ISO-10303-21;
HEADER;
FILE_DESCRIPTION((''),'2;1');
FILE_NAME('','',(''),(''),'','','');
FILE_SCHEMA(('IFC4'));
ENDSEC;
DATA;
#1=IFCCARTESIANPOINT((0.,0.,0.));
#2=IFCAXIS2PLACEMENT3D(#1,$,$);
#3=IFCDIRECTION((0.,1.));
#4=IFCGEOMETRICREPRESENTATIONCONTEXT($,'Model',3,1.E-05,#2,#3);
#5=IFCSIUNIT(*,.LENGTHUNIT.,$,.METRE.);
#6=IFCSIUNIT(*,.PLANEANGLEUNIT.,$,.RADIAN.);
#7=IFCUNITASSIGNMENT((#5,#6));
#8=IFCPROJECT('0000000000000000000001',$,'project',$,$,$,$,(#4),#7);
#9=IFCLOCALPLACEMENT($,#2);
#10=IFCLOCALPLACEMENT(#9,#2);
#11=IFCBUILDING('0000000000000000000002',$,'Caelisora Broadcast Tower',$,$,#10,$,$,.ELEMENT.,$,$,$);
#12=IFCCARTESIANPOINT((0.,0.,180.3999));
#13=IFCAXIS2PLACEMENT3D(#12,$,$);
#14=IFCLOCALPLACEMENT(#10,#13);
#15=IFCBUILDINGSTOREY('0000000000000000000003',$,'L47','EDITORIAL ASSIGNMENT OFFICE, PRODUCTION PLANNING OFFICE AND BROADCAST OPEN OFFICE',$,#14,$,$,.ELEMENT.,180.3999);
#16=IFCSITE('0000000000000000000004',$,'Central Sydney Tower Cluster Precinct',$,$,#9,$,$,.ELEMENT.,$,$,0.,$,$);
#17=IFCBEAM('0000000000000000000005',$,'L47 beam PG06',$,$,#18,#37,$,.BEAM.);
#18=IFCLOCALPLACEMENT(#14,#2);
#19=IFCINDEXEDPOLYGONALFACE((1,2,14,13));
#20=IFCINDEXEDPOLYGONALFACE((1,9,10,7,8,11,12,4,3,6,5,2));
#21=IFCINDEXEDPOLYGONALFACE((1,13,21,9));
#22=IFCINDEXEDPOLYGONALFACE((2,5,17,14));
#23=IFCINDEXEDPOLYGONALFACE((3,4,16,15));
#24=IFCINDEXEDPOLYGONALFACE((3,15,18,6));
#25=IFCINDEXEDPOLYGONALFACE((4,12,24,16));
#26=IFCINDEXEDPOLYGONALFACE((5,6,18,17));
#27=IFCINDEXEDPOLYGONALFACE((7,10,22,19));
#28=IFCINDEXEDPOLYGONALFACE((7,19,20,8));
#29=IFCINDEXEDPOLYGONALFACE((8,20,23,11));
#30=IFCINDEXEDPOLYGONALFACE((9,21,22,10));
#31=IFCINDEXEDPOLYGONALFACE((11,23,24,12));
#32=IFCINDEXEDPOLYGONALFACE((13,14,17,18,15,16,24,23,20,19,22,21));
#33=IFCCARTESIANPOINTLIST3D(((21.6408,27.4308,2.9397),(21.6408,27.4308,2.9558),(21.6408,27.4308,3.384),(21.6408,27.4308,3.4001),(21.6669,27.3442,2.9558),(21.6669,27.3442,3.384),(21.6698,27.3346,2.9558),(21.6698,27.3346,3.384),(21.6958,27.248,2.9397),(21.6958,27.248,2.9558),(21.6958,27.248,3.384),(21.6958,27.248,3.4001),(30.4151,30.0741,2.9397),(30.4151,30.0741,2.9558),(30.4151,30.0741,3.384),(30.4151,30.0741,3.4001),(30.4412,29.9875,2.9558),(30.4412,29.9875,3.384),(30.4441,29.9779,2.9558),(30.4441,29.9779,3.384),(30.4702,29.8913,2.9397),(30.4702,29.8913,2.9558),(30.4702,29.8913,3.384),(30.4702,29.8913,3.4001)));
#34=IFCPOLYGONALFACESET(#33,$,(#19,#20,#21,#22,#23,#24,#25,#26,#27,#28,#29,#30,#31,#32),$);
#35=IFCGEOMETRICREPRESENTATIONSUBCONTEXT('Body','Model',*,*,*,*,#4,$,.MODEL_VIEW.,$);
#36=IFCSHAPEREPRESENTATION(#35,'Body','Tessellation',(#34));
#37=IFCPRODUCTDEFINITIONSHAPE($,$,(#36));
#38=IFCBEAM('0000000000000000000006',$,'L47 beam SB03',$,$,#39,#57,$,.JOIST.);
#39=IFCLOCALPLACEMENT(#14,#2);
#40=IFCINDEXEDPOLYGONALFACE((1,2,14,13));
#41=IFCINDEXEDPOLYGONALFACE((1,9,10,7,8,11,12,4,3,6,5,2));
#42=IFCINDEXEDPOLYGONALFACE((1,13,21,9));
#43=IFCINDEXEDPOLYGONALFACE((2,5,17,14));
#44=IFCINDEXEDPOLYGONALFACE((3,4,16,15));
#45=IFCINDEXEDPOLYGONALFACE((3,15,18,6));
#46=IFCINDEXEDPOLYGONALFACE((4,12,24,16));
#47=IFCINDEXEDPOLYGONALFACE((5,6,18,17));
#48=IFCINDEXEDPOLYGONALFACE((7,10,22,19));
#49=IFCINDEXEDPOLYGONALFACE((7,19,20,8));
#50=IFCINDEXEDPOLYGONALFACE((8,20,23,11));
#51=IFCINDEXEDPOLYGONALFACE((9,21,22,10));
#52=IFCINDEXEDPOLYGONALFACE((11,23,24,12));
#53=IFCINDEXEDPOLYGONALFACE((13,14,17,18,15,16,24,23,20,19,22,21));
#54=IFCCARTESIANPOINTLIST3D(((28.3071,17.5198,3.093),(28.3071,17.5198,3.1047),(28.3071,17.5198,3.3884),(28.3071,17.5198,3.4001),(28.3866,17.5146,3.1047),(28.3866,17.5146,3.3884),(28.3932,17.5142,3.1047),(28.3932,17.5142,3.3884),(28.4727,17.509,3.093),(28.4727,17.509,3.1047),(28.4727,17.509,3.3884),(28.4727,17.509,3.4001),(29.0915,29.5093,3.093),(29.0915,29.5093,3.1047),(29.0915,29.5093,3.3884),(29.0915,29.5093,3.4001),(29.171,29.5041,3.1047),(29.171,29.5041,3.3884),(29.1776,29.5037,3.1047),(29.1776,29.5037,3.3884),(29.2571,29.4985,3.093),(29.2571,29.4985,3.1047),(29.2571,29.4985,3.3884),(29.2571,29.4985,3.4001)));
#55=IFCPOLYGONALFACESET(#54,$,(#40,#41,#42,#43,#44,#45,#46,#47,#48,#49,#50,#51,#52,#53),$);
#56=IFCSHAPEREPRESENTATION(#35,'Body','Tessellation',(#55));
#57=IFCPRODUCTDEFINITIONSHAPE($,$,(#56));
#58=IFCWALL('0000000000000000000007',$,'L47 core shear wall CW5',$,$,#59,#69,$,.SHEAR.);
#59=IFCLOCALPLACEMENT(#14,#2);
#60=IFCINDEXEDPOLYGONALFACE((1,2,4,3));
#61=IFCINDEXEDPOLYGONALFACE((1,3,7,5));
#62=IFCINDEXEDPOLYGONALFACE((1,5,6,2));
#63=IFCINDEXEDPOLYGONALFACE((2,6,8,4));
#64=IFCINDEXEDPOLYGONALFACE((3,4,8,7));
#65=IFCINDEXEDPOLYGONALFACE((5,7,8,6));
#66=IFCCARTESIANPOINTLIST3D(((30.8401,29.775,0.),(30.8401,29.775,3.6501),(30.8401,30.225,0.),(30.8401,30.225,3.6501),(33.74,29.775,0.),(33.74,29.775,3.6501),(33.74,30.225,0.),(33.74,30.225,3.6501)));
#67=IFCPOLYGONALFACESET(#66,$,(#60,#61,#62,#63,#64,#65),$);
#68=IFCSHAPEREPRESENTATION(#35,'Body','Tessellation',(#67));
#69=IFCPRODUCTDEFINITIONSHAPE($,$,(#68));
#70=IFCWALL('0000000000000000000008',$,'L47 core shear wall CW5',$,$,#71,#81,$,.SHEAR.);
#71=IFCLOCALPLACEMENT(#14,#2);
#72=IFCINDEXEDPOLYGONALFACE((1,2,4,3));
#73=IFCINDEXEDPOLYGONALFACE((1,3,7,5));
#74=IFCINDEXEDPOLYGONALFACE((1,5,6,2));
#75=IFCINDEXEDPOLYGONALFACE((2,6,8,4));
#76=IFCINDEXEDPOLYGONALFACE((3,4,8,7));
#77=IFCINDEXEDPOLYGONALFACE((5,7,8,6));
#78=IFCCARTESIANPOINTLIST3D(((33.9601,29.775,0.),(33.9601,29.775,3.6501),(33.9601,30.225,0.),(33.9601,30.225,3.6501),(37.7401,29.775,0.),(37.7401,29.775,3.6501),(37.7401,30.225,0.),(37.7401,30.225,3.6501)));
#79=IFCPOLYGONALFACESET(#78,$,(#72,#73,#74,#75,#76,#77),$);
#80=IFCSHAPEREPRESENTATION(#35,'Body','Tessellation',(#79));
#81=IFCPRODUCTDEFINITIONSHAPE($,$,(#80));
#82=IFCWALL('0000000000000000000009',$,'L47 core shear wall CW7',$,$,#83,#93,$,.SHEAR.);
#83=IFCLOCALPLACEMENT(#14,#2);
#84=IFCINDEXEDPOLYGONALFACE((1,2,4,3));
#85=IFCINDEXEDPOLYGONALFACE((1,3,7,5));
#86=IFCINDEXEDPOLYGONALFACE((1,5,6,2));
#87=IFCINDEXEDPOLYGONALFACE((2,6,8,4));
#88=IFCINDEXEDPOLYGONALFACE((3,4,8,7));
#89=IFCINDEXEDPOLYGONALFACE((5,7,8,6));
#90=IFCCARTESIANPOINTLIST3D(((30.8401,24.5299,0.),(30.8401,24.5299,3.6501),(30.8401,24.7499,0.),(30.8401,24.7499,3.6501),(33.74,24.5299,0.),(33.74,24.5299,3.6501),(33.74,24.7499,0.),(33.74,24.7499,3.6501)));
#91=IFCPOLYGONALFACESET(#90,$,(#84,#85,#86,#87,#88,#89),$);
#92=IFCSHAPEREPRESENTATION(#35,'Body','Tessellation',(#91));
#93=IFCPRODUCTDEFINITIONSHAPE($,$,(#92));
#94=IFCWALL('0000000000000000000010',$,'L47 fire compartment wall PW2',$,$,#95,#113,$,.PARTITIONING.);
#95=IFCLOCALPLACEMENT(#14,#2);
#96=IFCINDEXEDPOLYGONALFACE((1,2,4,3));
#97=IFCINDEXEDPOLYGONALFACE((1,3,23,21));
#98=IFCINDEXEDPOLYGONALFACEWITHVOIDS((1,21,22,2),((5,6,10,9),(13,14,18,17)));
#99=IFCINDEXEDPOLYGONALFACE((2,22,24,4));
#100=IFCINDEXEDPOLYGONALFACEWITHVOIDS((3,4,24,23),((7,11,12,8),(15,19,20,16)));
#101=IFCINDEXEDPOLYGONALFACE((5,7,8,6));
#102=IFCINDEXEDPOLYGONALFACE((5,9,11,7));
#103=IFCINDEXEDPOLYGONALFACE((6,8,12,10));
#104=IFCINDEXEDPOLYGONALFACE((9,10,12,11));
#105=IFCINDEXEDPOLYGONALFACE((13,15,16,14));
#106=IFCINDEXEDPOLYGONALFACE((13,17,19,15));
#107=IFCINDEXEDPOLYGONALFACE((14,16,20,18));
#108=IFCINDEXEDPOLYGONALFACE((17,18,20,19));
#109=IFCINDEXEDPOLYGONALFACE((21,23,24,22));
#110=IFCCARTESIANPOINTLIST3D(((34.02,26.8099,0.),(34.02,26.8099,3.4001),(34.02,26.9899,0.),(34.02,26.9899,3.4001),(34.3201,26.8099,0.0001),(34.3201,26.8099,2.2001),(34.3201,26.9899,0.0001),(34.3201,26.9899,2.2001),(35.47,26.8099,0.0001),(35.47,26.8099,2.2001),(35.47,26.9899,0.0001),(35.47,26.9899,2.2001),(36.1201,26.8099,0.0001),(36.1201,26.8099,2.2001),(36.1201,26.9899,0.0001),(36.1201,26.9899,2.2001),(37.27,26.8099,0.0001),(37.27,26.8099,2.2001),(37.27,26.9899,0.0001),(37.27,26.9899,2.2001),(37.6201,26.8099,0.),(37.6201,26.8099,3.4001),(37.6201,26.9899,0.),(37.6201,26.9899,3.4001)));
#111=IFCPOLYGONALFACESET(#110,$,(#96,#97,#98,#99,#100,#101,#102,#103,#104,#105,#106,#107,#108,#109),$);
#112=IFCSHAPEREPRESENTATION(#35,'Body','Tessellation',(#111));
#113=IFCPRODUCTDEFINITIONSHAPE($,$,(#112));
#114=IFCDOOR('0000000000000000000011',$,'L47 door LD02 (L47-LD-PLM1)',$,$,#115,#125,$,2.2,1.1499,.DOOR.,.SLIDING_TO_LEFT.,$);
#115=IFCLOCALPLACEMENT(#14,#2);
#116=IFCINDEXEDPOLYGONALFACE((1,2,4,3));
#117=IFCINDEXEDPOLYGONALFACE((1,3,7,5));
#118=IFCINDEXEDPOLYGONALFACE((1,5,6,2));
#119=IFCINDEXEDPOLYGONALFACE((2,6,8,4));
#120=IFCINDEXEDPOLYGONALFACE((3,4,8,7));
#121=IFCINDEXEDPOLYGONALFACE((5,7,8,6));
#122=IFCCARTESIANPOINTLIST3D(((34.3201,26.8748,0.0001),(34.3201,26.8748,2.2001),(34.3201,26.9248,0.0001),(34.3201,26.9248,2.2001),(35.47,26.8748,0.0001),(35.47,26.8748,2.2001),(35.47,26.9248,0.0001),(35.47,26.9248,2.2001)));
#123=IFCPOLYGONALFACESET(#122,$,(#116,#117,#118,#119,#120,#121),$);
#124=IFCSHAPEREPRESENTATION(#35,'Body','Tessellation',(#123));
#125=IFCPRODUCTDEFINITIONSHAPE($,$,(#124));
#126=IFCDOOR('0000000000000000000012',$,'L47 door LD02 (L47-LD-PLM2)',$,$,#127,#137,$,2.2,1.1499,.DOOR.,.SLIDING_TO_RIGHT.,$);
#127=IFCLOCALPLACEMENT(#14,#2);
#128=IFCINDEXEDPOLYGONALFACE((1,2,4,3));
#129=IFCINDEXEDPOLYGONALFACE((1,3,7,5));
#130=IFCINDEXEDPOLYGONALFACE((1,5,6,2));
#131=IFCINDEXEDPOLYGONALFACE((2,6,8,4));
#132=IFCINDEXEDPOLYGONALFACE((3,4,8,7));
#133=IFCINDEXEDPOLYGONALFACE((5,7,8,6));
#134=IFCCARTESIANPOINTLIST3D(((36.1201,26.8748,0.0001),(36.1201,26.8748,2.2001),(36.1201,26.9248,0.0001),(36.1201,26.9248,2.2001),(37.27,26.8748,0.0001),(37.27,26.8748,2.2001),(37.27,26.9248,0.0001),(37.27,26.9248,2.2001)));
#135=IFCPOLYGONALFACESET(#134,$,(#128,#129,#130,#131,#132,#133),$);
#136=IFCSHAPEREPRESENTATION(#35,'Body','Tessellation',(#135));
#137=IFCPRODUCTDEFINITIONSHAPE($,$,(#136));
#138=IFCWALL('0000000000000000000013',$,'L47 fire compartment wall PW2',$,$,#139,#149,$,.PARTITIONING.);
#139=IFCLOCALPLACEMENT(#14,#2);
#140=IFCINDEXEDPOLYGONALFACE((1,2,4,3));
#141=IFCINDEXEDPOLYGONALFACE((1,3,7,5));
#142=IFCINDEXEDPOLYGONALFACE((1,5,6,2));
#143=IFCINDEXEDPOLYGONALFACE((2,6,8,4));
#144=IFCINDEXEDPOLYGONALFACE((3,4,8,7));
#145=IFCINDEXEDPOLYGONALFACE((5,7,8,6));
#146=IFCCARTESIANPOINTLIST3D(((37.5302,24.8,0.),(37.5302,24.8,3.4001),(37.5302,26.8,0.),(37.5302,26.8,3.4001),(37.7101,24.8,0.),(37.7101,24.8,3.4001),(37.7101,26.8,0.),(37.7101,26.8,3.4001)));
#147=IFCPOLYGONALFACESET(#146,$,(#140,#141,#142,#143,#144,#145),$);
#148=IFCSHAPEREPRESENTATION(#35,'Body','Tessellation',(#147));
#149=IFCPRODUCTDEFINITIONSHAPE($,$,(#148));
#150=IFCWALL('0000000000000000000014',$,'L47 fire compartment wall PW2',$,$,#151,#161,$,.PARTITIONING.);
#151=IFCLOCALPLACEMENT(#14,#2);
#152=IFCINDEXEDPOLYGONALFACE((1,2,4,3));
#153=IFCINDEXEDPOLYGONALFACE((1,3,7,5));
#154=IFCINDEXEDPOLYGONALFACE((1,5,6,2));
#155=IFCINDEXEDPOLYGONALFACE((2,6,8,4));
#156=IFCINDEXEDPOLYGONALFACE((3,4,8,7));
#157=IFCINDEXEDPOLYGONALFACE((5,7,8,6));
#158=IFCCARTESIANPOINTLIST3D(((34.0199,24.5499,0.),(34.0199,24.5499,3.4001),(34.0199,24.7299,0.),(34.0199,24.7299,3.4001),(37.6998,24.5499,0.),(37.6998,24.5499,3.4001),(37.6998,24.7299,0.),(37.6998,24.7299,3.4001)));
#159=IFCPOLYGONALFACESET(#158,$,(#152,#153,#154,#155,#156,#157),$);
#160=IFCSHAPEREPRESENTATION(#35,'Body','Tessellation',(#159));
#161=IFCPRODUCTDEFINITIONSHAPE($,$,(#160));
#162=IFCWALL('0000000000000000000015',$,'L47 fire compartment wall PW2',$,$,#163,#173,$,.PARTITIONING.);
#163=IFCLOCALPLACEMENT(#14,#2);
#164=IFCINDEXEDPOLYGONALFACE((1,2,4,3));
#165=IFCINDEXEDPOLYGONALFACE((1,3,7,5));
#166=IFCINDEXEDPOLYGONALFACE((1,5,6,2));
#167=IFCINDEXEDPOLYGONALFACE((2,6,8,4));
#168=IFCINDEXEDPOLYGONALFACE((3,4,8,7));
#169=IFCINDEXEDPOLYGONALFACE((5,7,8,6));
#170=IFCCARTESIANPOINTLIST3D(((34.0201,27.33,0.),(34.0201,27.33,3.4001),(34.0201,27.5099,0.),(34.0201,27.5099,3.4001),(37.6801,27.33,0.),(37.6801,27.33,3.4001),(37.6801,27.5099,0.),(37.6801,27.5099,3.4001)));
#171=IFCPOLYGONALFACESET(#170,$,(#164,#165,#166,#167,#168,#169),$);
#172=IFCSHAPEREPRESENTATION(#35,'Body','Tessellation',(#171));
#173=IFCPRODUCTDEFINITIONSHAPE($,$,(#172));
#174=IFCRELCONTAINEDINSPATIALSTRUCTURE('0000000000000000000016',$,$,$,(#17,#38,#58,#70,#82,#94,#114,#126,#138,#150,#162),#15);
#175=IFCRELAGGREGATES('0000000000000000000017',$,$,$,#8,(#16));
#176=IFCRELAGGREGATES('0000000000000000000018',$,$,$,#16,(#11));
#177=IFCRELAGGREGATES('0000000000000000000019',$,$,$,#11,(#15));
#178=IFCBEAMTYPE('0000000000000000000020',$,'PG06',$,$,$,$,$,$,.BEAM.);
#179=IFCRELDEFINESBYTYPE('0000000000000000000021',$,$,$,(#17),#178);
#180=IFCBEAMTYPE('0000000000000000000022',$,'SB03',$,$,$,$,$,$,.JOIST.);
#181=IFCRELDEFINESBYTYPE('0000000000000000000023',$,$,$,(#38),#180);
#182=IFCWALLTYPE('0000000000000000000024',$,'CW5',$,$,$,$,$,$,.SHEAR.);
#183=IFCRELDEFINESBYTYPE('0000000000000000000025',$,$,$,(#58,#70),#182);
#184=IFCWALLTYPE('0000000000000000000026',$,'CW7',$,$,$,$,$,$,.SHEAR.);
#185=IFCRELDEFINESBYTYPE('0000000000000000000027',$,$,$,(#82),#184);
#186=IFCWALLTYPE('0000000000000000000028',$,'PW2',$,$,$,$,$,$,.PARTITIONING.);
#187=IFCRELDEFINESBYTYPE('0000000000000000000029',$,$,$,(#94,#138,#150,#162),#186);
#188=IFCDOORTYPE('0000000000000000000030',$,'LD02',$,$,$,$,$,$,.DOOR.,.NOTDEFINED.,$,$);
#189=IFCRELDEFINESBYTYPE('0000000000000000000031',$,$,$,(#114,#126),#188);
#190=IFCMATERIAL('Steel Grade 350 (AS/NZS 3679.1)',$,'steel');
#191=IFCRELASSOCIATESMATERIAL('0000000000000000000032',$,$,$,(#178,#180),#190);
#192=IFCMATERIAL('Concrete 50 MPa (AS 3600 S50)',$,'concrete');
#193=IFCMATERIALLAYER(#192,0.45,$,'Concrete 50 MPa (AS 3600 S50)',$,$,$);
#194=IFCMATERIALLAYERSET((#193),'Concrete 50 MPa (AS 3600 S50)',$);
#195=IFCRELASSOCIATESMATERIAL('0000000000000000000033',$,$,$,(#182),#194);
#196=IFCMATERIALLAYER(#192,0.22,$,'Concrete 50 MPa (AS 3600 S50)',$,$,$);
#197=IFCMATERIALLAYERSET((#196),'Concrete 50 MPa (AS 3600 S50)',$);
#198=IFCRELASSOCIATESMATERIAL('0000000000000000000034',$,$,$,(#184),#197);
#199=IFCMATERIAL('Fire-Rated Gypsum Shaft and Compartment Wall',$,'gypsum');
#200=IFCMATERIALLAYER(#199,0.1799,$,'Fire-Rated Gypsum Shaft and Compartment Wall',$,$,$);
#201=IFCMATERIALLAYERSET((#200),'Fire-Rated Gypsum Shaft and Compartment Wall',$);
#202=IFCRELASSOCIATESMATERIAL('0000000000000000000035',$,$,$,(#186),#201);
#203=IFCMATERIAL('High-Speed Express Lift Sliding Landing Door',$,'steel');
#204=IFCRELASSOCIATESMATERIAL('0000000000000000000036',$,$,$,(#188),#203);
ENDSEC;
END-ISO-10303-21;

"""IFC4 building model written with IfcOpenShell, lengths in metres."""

from ifc_helpers import new_model, si_unit, direction, frame, frame_2d, origin, origin_2d, place, context, subcontext, project, spatial, rectangle, i_section, extrude, source, transform, mapped, material, layer, layer_set, material_profile, profile_set, type_object, type_shapes, element, fill, save


model = new_model("IFC4")

# Units and contexts
model_context = context("Model", 3, precision=1e-05, world=origin(), true_north=direction((0.0, 1.0)))
body_context = subcontext(model_context, "Body", "Model", "MODEL_VIEW")
ifc_project = project(units=[si_unit("LENGTHUNIT", "METRE"), si_unit("PLANEANGLEUNIT", "RADIAN")], contexts=[model_context])

# Site, building, storey
site_placement = place(None, origin())
site = spatial("IfcSite", under=ifc_project, at=site_placement, Name="Central Sydney Tower Cluster Precinct", CompositionType="ELEMENT", RefElevation=0.0)
building_placement = place(site_placement, origin())
building = spatial("IfcBuilding", under=site, at=building_placement, Name="Caelisora Broadcast Tower", CompositionType="ELEMENT")
storey_placement = place(building_placement, frame((0.0, 0.0, 180.3999)))
storey = spatial("IfcBuildingStorey", under=building, at=storey_placement, Name="L47", Description="EDITORIAL ASSIGNMENT OFFICE, PRODUCTION PLANNING OFFICE AND BROADCAST OPEN OFFICE", CompositionType="ELEMENT", Elevation=180.3999)

# Beams
ifc_material_1 = material(Name="Concrete 50 MPa (AS 3600 S50)", Category="concrete")
ifc_material_2 = material(Name="Steel Grade 350 (AS/NZS 3679.1)", Category="steel")
ifc_material_profile_1 = material_profile(ifc_material_2, i_section(OverallWidth=0.1909, OverallDepth=0.4604, WebThickness=0.01, FlangeThickness=0.0161, at=origin_2d()), Name="Steel Grade 350 (AS/NZS 3679.1)")
ifc_profile_set_1 = profile_set([ifc_material_profile_1], Name="Steel Grade 350 (AS/NZS 3679.1)")
beam_type_1 = type_object("IfcBeamType", Name="PG06", PredefinedType="BEAM", material=ifc_profile_set_1)
shared_shape_1 = source(origin(), body_context, "Body", "SweptSolid", [
    extrude(i_section(OverallWidth=0.1909, OverallDepth=0.4604, WebThickness=0.01, FlangeThickness=0.0161, at=origin_2d()), origin(), (0.0, 0.0, 1.0), 9.1638),
])
beam_1_placement = place(storey_placement, frame((30.4426, 29.9827, 3.1699), z_axis=(-0.957496, -0.288448, 0.0), x_axis=(0.288448, -0.957496, 0.0)))
element("IfcBeam", 1, at=beam_1_placement, inside=storey, type_object=beam_type_1, Name="L47 beam PG06", PredefinedType="BEAM", context=body_context, shape_type="MappedRepresentation", body=[
    mapped(shared_shape_1, transform((0.0, 0.0, 0.0), scale=1.0)),
])
ifc_material_profile_2 = material_profile(ifc_material_2, i_section(OverallWidth=0.166, OverallDepth=0.3071, WebThickness=0.0066, FlangeThickness=0.0117, at=origin_2d()), Name="Steel Grade 350 (AS/NZS 3679.1)")
ifc_profile_set_2 = profile_set([ifc_material_profile_2], Name="Steel Grade 350 (AS/NZS 3679.1)")
beam_type_2 = type_object("IfcBeamType", Name="SB03", PredefinedType="JOIST", material=ifc_profile_set_2)
shared_shape_2 = source(origin(), body_context, "Body", "SweptSolid", [
    extrude(i_section(OverallWidth=0.166, OverallDepth=0.3071, WebThickness=0.0066, FlangeThickness=0.0117, at=origin_2d()), origin(), (0.0, 0.0, 1.0), 12.0151),
])
type_shapes(beam_type_2, [shared_shape_2])
beam_2_placement = place(storey_placement, frame((29.1743, 29.5039, 3.2466), z_axis=(-0.065286, -0.997867, 0.0), x_axis=(0.997867, -0.065286, 0.0)))
element("IfcBeam", 2, at=beam_2_placement, inside=storey, type_object=beam_type_2, Name="L47 beam SB03", PredefinedType="JOIST", context=body_context, shape_type="MappedRepresentation", body=[
    mapped(shared_shape_2, transform((0.0, 0.0, 0.0), scale=1.0)),
])

# Walls
ifc_layer_1 = layer(ifc_material_1, 0.45, Name="Concrete 50 MPa (AS 3600 S50)")
ifc_layer_set_1 = layer_set([ifc_layer_1], Name="Concrete 50 MPa (AS 3600 S50)")
wall_type_1 = type_object("IfcWallType", Name="CW5", PredefinedType="SHEAR", material=ifc_layer_set_1)
wall_1_placement = place(storey_placement, frame((30.8401, 30.0, 0.0), z_axis=(0.0, 0.0, 1.0), x_axis=(1.0, 0.0, 0.0)))
element("IfcWall", 3, at=wall_1_placement, inside=storey, type_object=wall_type_1, Name="L47 core shear wall CW5", PredefinedType="SHEAR", context=body_context, shape_type="SweptSolid", body=[
    extrude(rectangle(XDim=2.8999, YDim=0.45, at=frame_2d((1.45, 0.0))), origin(), (0.0, 0.0, 1.0), 3.6501),
])
wall_2_placement = place(storey_placement, frame((33.96, 30.0, 0.0), z_axis=(0.0, 0.0, 1.0), x_axis=(1.0, 0.0, 0.0)))
element("IfcWall", 4, at=wall_2_placement, inside=storey, type_object=wall_type_1, Name="L47 core shear wall CW5", PredefinedType="SHEAR", context=body_context, shape_type="SweptSolid", body=[
    extrude(rectangle(XDim=3.78, YDim=0.45, at=frame_2d((1.8901, 0.0))), origin(), (0.0, 0.0, 1.0), 3.6501),
])
ifc_layer_2 = layer(ifc_material_1, 0.22, Name="Concrete 50 MPa (AS 3600 S50)")
ifc_layer_set_2 = layer_set([ifc_layer_2], Name="Concrete 50 MPa (AS 3600 S50)")
wall_type_2 = type_object("IfcWallType", Name="CW7", PredefinedType="SHEAR", material=ifc_layer_set_2)
wall_3_placement = place(storey_placement, frame((30.8401, 24.6399, 0.0), z_axis=(0.0, 0.0, 1.0), x_axis=(1.0, 0.0, 0.0)))
element("IfcWall", 5, at=wall_3_placement, inside=storey, type_object=wall_type_2, Name="L47 core shear wall CW7", PredefinedType="SHEAR", context=body_context, shape_type="SweptSolid", body=[
    extrude(rectangle(XDim=2.8999, YDim=0.22, at=frame_2d((1.45, 0.0))), origin(), (0.0, 0.0, 1.0), 3.6501),
])

# Wall, openings, doors
ifc_material_3 = material(Name="Fire-Rated Gypsum Shaft and Compartment Wall", Category="gypsum")
ifc_layer_3 = layer(ifc_material_3, 0.1799, Name="Fire-Rated Gypsum Shaft and Compartment Wall")
ifc_layer_set_3 = layer_set([ifc_layer_3], Name="Fire-Rated Gypsum Shaft and Compartment Wall")
wall_type_3 = type_object("IfcWallType", Name="PW2", PredefinedType="PARTITIONING", material=ifc_layer_set_3)
wall_4_placement = place(storey_placement, frame((34.02, 26.8999, 0.0), z_axis=(0.0, 0.0, 1.0), x_axis=(1.0, 0.0, 0.0)))
wall_4 = element("IfcWall", 6, at=wall_4_placement, inside=storey, type_object=wall_type_3, Name="L47 fire compartment wall PW2", PredefinedType="PARTITIONING", context=body_context, shape_type="SweptSolid", body=[
    extrude(rectangle(XDim=3.6001, YDim=0.1799, at=frame_2d((1.8, 0.0))), origin(), (0.0, 0.0, 1.0), 3.4001),
])
opening_1_placement = place(wall_4_placement, frame((0.3, 0.0, 0.0)))
opening_1 = element("IfcOpeningElement", 7, at=opening_1_placement, cuts=wall_4, PredefinedType="OPENING", context=body_context, shape_type="SweptSolid", body=[
    extrude(rectangle(XDim=1.1499, YDim=2.2, at=frame_2d((0.575, 1.1001))), frame((0.0, 0.1021, 0.0), z_axis=(0.0, -1.0, 0.0), x_axis=(1.0, 0.0, 0.0)), (0.0, 0.0, 1.0), 0.2039),
])
opening_2_placement = place(wall_4_placement, frame((2.1001, 0.0, 0.0)))
opening_2 = element("IfcOpeningElement", 8, at=opening_2_placement, cuts=wall_4, PredefinedType="OPENING", context=body_context, shape_type="SweptSolid", body=[
    extrude(rectangle(XDim=1.1499, YDim=2.2, at=frame_2d((0.575, 1.1001))), frame((0.0, 0.1021, 0.0), z_axis=(0.0, -1.0, 0.0), x_axis=(1.0, 0.0, 0.0)), (0.0, 0.0, 1.0), 0.2039),
])
ifc_material_4 = material(Name="High-Speed Express Lift Sliding Landing Door", Category="steel")
door_type = type_object("IfcDoorType", Name="LD02", OperationType="NOTDEFINED", PredefinedType="DOOR", material=ifc_material_4)
door_1_placement = place(opening_1_placement, origin())
door_1 = element("IfcDoor", 9, at=door_1_placement, inside=storey, type_object=door_type, Name="L47 door LD02 (L47-LD-PLM1)", OperationType="SLIDING_TO_LEFT", OverallHeight=2.2, OverallWidth=1.1499, PredefinedType="DOOR", context=body_context, shape_type="SweptSolid", body=[
    extrude(rectangle(XDim=1.1499, YDim=2.2, at=frame_2d((0.575, 1.1001))), frame((0.0, 0.0249, 0.0), z_axis=(0.0, -1.0, 0.0), x_axis=(1.0, 0.0, 0.0)), (0.0, 0.0, 1.0), 0.05),
])
fill(opening_1, door_1)
door_2_placement = place(opening_2_placement, origin())
door_2 = element("IfcDoor", 10, at=door_2_placement, inside=storey, type_object=door_type, Name="L47 door LD02 (L47-LD-PLM2)", OperationType="SLIDING_TO_RIGHT", OverallHeight=2.2, OverallWidth=1.1499, PredefinedType="DOOR", context=body_context, shape_type="SweptSolid", body=[
    extrude(rectangle(XDim=1.1499, YDim=2.2, at=frame_2d((0.575, 1.1001))), frame((0.0, 0.0249, 0.0), z_axis=(0.0, -1.0, 0.0), x_axis=(1.0, 0.0, 0.0)), (0.0, 0.0, 1.0), 0.05),
])
fill(opening_2, door_2)

# Walls
wall_5_placement = place(storey_placement, frame((37.6201, 24.8, 0.0), z_axis=(0.0, 0.0, 1.0), x_axis=(0.0, 1.0, 0.0)))
element("IfcWall", 11, at=wall_5_placement, inside=storey, type_object=wall_type_3, Name="L47 fire compartment wall PW2", PredefinedType="PARTITIONING", context=body_context, shape_type="SweptSolid", body=[
    extrude(rectangle(XDim=2.0, YDim=0.1799, at=frame_2d((1.0, 0.0))), origin(), (0.0, 0.0, 1.0), 3.4001),
])
wall_6_placement = place(storey_placement, frame((34.02, 24.6399, 0.0), z_axis=(0.0, 0.0, 1.0), x_axis=(1.0, 0.0, 0.0)))
element("IfcWall", 12, at=wall_6_placement, inside=storey, type_object=wall_type_3, Name="L47 fire compartment wall PW2", PredefinedType="PARTITIONING", context=body_context, shape_type="SweptSolid", body=[
    extrude(rectangle(XDim=3.6799, YDim=0.1799, at=frame_2d((1.8398, 0.0))), origin(), (0.0, 0.0, 1.0), 3.4001),
])
wall_7_placement = place(storey_placement, frame((34.02, 27.4199, 0.0), z_axis=(0.0, 0.0, 1.0), x_axis=(1.0, 0.0, 0.0)))
element("IfcWall", 13, at=wall_7_placement, inside=storey, type_object=wall_type_3, Name="L47 fire compartment wall PW2", PredefinedType="PARTITIONING", context=body_context, shape_type="SweptSolid", body=[
    extrude(rectangle(XDim=3.6599, YDim=0.1799, at=frame_2d((1.8301, 0.0))), origin(), (0.0, 0.0, 1.0), 3.4001),
])

save(model, "model.ifc")
